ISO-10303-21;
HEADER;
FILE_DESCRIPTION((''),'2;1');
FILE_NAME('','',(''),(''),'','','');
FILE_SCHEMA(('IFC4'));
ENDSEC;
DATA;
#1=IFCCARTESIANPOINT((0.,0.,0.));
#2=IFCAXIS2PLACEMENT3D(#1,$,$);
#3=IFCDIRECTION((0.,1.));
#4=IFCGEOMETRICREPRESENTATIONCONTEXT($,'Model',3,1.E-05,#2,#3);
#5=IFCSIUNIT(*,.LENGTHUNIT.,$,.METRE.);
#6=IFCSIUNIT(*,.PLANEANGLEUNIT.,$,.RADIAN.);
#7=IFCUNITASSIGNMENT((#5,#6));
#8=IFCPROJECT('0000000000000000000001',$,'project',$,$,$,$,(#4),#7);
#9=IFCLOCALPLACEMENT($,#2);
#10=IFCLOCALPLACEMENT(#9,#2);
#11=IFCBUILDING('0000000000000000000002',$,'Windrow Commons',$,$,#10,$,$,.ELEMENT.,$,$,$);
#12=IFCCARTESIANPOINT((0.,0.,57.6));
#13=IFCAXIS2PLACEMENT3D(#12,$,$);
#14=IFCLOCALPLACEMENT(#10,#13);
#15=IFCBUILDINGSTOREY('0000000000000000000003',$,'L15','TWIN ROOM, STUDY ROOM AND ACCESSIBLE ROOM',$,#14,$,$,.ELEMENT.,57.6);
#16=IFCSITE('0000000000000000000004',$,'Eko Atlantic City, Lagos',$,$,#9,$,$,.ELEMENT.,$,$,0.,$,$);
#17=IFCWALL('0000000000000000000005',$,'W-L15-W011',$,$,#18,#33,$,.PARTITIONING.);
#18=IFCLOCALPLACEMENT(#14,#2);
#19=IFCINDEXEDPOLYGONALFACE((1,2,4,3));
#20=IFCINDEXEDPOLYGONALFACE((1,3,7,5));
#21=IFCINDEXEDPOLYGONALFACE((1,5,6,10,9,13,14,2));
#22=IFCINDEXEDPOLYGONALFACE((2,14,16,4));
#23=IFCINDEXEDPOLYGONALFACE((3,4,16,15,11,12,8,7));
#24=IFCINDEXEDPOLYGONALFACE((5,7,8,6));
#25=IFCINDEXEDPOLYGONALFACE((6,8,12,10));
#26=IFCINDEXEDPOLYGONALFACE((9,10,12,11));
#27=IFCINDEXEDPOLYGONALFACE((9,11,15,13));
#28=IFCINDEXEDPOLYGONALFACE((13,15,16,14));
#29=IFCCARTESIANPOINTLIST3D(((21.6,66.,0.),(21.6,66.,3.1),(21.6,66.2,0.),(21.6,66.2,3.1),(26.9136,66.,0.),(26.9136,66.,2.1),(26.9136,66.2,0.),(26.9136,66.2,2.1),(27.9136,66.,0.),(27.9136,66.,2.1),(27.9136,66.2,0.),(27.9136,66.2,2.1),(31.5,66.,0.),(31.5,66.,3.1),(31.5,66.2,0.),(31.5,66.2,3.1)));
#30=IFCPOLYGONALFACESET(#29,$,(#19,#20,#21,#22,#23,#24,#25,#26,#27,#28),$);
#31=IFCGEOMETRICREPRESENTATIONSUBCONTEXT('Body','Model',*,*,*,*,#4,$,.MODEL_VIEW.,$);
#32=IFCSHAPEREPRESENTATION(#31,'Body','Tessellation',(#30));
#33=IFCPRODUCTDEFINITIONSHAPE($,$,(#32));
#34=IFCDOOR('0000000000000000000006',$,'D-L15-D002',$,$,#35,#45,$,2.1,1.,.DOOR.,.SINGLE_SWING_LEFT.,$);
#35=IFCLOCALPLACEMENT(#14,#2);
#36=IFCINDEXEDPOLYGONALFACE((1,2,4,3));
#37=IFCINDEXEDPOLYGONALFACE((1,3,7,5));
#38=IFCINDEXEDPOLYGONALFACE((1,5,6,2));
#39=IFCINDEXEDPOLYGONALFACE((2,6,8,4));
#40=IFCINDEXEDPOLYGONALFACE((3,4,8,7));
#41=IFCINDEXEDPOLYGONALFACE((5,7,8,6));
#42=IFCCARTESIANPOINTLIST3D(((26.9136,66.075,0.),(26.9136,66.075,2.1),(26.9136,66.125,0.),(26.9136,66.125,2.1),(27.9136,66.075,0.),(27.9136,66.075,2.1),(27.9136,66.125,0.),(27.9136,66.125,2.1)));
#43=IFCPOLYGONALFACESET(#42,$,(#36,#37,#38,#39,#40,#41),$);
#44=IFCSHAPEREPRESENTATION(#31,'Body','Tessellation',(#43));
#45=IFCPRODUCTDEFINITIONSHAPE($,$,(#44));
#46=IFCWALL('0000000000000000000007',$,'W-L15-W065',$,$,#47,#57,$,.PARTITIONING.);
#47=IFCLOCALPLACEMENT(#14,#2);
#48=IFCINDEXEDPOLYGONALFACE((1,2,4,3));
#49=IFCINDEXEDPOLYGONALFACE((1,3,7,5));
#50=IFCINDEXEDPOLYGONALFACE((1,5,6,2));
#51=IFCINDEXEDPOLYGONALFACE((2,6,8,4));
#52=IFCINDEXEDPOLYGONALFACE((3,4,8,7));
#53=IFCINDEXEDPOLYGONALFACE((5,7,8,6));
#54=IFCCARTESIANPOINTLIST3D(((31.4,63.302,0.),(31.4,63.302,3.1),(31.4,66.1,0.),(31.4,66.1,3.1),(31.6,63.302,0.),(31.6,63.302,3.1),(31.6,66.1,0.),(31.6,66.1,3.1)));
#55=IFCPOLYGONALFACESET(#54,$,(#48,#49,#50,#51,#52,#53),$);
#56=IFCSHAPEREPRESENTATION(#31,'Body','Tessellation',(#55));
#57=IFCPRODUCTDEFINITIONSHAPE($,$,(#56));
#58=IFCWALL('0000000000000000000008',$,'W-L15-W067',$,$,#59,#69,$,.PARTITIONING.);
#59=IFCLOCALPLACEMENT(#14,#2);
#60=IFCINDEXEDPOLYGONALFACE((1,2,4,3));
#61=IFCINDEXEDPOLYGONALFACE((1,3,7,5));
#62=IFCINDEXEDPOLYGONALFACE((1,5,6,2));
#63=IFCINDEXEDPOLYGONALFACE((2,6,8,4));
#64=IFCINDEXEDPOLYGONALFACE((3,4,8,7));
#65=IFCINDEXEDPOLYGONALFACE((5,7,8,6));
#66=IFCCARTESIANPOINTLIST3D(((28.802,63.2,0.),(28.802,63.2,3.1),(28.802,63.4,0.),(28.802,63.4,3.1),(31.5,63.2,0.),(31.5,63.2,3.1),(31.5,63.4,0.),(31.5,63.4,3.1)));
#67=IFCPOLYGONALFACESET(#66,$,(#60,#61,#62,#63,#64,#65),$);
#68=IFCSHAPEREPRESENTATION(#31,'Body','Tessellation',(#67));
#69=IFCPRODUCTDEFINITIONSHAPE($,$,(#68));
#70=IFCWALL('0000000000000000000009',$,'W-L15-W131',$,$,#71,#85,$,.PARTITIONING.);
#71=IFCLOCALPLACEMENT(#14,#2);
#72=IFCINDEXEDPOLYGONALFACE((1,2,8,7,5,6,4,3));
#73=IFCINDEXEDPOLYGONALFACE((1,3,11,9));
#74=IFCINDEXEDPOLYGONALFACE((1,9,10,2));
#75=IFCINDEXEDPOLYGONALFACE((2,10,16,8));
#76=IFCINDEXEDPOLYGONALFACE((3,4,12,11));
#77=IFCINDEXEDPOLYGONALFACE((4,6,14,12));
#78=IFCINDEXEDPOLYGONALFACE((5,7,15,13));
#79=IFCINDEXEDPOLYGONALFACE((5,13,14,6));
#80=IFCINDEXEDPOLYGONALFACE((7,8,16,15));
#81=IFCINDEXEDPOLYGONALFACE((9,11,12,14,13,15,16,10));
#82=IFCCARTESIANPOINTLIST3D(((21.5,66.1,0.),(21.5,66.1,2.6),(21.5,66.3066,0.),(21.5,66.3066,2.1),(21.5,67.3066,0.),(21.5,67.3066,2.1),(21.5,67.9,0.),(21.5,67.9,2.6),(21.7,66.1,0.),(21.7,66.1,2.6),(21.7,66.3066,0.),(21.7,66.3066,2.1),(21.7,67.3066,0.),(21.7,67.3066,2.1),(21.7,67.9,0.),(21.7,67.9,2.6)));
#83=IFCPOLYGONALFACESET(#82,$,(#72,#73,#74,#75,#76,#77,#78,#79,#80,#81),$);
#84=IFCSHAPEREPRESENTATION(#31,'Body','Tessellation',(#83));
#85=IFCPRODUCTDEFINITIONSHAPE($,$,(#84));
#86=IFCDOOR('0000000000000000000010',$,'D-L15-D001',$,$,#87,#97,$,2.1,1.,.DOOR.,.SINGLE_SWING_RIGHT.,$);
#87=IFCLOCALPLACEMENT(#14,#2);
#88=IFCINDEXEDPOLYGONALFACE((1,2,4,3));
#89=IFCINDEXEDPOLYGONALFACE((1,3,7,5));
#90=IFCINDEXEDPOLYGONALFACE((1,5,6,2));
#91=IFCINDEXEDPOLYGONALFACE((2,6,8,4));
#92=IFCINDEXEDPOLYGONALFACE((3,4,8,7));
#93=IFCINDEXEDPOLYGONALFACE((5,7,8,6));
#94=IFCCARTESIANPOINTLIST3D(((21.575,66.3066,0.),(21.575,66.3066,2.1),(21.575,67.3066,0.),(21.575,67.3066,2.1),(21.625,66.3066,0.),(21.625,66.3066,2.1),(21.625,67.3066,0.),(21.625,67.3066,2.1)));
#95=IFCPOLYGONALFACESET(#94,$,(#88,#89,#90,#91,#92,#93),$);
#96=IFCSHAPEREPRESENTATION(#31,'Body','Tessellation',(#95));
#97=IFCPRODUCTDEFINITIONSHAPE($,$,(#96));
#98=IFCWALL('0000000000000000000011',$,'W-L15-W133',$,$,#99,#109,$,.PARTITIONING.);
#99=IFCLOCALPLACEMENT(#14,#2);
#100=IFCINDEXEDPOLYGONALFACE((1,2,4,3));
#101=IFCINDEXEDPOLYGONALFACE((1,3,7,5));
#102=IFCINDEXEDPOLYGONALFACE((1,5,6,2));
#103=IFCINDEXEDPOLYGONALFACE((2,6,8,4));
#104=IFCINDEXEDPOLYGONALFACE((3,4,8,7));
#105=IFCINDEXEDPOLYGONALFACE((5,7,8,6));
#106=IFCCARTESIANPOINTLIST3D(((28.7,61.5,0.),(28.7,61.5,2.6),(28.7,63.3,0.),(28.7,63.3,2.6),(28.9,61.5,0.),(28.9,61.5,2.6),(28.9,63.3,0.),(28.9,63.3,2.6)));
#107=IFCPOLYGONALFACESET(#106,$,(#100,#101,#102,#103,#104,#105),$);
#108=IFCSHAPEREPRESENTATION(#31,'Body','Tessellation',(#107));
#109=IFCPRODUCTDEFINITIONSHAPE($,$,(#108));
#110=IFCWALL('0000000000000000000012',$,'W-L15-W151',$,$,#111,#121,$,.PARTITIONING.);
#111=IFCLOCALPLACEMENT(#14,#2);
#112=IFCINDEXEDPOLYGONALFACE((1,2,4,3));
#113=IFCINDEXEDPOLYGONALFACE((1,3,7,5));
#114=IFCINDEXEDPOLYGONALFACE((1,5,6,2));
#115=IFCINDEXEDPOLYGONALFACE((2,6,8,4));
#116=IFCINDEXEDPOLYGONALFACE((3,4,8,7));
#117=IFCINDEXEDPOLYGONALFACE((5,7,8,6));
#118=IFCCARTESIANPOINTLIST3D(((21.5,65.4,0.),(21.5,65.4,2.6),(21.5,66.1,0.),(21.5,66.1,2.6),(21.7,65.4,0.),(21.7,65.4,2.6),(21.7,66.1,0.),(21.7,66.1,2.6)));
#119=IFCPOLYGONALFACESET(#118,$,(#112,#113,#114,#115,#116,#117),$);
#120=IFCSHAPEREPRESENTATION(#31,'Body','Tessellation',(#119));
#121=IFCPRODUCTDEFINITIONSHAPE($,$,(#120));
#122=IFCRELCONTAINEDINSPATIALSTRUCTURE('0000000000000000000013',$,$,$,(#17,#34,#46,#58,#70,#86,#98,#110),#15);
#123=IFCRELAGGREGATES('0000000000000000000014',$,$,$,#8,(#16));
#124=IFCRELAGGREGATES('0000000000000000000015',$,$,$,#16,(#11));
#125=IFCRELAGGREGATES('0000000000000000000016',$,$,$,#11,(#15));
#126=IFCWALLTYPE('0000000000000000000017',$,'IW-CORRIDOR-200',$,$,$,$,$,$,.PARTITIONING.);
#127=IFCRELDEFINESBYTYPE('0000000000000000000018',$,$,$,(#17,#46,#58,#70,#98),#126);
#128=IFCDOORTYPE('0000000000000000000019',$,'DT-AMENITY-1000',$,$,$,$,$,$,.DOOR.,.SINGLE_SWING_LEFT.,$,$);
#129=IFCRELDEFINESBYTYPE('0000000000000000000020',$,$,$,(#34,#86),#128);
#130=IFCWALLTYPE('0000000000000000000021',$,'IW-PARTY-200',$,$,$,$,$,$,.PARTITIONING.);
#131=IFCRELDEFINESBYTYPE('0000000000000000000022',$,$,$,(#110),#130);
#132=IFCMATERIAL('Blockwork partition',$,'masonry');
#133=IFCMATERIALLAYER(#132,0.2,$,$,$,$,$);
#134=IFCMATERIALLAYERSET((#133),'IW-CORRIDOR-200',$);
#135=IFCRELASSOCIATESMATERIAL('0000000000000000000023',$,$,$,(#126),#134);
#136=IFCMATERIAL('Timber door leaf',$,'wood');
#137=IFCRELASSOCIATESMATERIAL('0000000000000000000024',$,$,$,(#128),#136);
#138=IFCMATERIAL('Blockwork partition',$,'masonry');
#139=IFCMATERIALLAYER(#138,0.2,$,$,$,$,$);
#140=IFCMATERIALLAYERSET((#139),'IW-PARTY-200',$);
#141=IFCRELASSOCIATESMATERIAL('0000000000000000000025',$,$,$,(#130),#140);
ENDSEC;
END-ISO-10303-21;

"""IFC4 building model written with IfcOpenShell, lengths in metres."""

from ifc_helpers import new_model, si_unit, direction, frame, frame_2d, origin, place, context, subcontext, project, spatial, rectangle, extrude, material, layer, layer_set, type_object, element, fill, save


model = new_model("IFC4")

# Units and contexts
model_context = context("Model", 3, precision=1e-05, world=origin(), true_north=direction((0.0, 1.0)))
body_context = subcontext(model_context, "Body", "Model", "MODEL_VIEW")
ifc_project = project(units=[si_unit("LENGTHUNIT", "METRE"), si_unit("PLANEANGLEUNIT", "RADIAN")], contexts=[model_context])

# Site, building, storey
site_placement = place(None, origin())
site = spatial("IfcSite", under=ifc_project, at=site_placement, Name="Eko Atlantic City, Lagos", CompositionType="ELEMENT", RefElevation=0.0)
building_placement = place(site_placement, origin())
building = spatial("IfcBuilding", under=site, at=building_placement, Name="Windrow Commons", CompositionType="ELEMENT")
storey_placement = place(building_placement, frame((0.0, 0.0, 57.6)))
storey = spatial("IfcBuildingStorey", under=building, at=storey_placement, Name="L15", Description="TWIN ROOM, STUDY ROOM AND ACCESSIBLE ROOM", CompositionType="ELEMENT", Elevation=57.6)

# Wall, opening, door
ifc_material_1 = material(Name="Blockwork partition", Category="masonry")
ifc_layer_1 = layer(ifc_material_1, 0.2)
ifc_layer_set_1 = layer_set([ifc_layer_1], Name="IW-CORRIDOR-200")
wall_type_1 = type_object("IfcWallType", Name="IW-CORRIDOR-200", PredefinedType="PARTITIONING", material=ifc_layer_set_1)
wall_1_placement = place(storey_placement, frame((21.6, 66.1, 0.0), z_axis=(0.0, 0.0, 1.0), x_axis=(1.0, 0.0, 0.0)))
wall_1 = element("IfcWall", 1, at=wall_1_placement, inside=storey, type_object=wall_type_1, Name="W-L15-W011", PredefinedType="PARTITIONING", context=body_context, shape_type="SweptSolid", body=[
    extrude(rectangle(XDim=9.9, YDim=0.2, at=frame_2d((4.95, 0.0))), origin(), (0.0, 0.0, 1.0), 3.1),
])
opening_1_placement = place(wall_1_placement, frame((5.3136, 0.0, 0.0)))
opening_1 = element("IfcOpeningElement", 2, at=opening_1_placement, cuts=wall_1, PredefinedType="OPENING", context=body_context, shape_type="SweptSolid", body=[
    extrude(rectangle(XDim=1.0, YDim=2.1, at=frame_2d((0.5, 1.05))), frame((0.0, 0.11, 0.0), z_axis=(0.0, -1.0, 0.0), x_axis=(1.0, 0.0, 0.0)), (0.0, 0.0, 1.0), 0.22),
])
ifc_material_2 = material(Name="Timber door leaf", Category="wood")
door_type = type_object("IfcDoorType", Name="DT-AMENITY-1000", OperationType="SINGLE_SWING_LEFT", PredefinedType="DOOR", material=ifc_material_2)
door_1_placement = place(opening_1_placement, origin())
door_1 = element("IfcDoor", 3, at=door_1_placement, inside=storey, type_object=door_type, Name="D-L15-D002", OperationType="SINGLE_SWING_LEFT", OverallHeight=2.1, OverallWidth=1.0, PredefinedType="DOOR", context=body_context, shape_type="SweptSolid", body=[
    extrude(rectangle(XDim=1.0, YDim=2.1, at=frame_2d((0.5, 1.05))), frame((0.0, 0.025, 0.0), z_axis=(0.0, -1.0, 0.0), x_axis=(1.0, 0.0, 0.0)), (0.0, 0.0, 1.0), 0.05),
])
fill(opening_1, door_1)

# Walls
wall_2_placement = place(storey_placement, frame((31.5, 63.302, 0.0), z_axis=(0.0, 0.0, 1.0), x_axis=(0.0, 1.0, 0.0)))
element("IfcWall", 4, at=wall_2_placement, inside=storey, type_object=wall_type_1, Name="W-L15-W065", PredefinedType="PARTITIONING", context=body_context, shape_type="SweptSolid", body=[
    extrude(rectangle(XDim=2.798, YDim=0.2, at=frame_2d((1.399, 0.0))), origin(), (0.0, 0.0, 1.0), 3.1),
])
wall_3_placement = place(storey_placement, frame((28.802, 63.3, 0.0), z_axis=(0.0, 0.0, 1.0), x_axis=(1.0, 0.0, 0.0)))
element("IfcWall", 5, at=wall_3_placement, inside=storey, type_object=wall_type_1, Name="W-L15-W067", PredefinedType="PARTITIONING", context=body_context, shape_type="SweptSolid", body=[
    extrude(rectangle(XDim=2.698, YDim=0.2, at=frame_2d((1.349, 0.0))), origin(), (0.0, 0.0, 1.0), 3.1),
])

# Wall, opening, door
wall_4_placement = place(storey_placement, frame((21.6, 66.1, 0.0), z_axis=(0.0, 0.0, 1.0), x_axis=(0.0, 1.0, 0.0)))
wall_4 = element("IfcWall", 6, at=wall_4_placement, inside=storey, type_object=wall_type_1, Name="W-L15-W131", PredefinedType="PARTITIONING", context=body_context, shape_type="SweptSolid", body=[
    extrude(rectangle(XDim=1.8, YDim=0.2, at=frame_2d((0.9, 0.0))), origin(), (0.0, 0.0, 1.0), 2.6),
])
opening_2_placement = place(wall_4_placement, frame((0.2066, 0.0, 0.0)))
opening_2 = element("IfcOpeningElement", 7, at=opening_2_placement, cuts=wall_4, PredefinedType="OPENING", context=body_context, shape_type="SweptSolid", body=[
    extrude(rectangle(XDim=1.0, YDim=2.1, at=frame_2d((0.5, 1.05))), frame((0.0, 0.11, 0.0), z_axis=(0.0, -1.0, 0.0), x_axis=(1.0, 0.0, 0.0)), (0.0, 0.0, 1.0), 0.22),
])
door_2_placement = place(opening_2_placement, origin())
door_2 = element("IfcDoor", 8, at=door_2_placement, inside=storey, type_object=door_type, Name="D-L15-D001", OperationType="SINGLE_SWING_RIGHT", OverallHeight=2.1, OverallWidth=1.0, PredefinedType="DOOR", context=body_context, shape_type="SweptSolid", body=[
    extrude(rectangle(XDim=1.0, YDim=2.1, at=frame_2d((0.5, 1.05))), frame((0.0, 0.025, 0.0), z_axis=(0.0, -1.0, 0.0), x_axis=(1.0, 0.0, 0.0)), (0.0, 0.0, 1.0), 0.05),
])
fill(opening_2, door_2)

# Walls
wall_5_placement = place(storey_placement, frame((28.8, 61.5, 0.0), z_axis=(0.0, 0.0, 1.0), x_axis=(0.0, 1.0, 0.0)))
element("IfcWall", 9, at=wall_5_placement, inside=storey, type_object=wall_type_1, Name="W-L15-W133", PredefinedType="PARTITIONING", context=body_context, shape_type="SweptSolid", body=[
    extrude(rectangle(XDim=1.8, YDim=0.2, at=frame_2d((0.9, 0.0))), origin(), (0.0, 0.0, 1.0), 2.6),
])
ifc_material_3 = material(Name="Blockwork partition", Category="masonry")
ifc_layer_2 = layer(ifc_material_3, 0.2)
ifc_layer_set_2 = layer_set([ifc_layer_2], Name="IW-PARTY-200")
wall_type_2 = type_object("IfcWallType", Name="IW-PARTY-200", PredefinedType="PARTITIONING", material=ifc_layer_set_2)
wall_6_placement = place(storey_placement, frame((21.6, 65.4, 0.0), z_axis=(0.0, 0.0, 1.0), x_axis=(0.0, 1.0, 0.0)))
element("IfcWall", 10, at=wall_6_placement, inside=storey, type_object=wall_type_2, Name="W-L15-W151", PredefinedType="PARTITIONING", context=body_context, shape_type="SweptSolid", body=[
    extrude(rectangle(XDim=0.7, YDim=0.2, at=frame_2d((0.35, 0.0))), origin(), (0.0, 0.0, 1.0), 2.6),
])

save(model, "model.ifc")
